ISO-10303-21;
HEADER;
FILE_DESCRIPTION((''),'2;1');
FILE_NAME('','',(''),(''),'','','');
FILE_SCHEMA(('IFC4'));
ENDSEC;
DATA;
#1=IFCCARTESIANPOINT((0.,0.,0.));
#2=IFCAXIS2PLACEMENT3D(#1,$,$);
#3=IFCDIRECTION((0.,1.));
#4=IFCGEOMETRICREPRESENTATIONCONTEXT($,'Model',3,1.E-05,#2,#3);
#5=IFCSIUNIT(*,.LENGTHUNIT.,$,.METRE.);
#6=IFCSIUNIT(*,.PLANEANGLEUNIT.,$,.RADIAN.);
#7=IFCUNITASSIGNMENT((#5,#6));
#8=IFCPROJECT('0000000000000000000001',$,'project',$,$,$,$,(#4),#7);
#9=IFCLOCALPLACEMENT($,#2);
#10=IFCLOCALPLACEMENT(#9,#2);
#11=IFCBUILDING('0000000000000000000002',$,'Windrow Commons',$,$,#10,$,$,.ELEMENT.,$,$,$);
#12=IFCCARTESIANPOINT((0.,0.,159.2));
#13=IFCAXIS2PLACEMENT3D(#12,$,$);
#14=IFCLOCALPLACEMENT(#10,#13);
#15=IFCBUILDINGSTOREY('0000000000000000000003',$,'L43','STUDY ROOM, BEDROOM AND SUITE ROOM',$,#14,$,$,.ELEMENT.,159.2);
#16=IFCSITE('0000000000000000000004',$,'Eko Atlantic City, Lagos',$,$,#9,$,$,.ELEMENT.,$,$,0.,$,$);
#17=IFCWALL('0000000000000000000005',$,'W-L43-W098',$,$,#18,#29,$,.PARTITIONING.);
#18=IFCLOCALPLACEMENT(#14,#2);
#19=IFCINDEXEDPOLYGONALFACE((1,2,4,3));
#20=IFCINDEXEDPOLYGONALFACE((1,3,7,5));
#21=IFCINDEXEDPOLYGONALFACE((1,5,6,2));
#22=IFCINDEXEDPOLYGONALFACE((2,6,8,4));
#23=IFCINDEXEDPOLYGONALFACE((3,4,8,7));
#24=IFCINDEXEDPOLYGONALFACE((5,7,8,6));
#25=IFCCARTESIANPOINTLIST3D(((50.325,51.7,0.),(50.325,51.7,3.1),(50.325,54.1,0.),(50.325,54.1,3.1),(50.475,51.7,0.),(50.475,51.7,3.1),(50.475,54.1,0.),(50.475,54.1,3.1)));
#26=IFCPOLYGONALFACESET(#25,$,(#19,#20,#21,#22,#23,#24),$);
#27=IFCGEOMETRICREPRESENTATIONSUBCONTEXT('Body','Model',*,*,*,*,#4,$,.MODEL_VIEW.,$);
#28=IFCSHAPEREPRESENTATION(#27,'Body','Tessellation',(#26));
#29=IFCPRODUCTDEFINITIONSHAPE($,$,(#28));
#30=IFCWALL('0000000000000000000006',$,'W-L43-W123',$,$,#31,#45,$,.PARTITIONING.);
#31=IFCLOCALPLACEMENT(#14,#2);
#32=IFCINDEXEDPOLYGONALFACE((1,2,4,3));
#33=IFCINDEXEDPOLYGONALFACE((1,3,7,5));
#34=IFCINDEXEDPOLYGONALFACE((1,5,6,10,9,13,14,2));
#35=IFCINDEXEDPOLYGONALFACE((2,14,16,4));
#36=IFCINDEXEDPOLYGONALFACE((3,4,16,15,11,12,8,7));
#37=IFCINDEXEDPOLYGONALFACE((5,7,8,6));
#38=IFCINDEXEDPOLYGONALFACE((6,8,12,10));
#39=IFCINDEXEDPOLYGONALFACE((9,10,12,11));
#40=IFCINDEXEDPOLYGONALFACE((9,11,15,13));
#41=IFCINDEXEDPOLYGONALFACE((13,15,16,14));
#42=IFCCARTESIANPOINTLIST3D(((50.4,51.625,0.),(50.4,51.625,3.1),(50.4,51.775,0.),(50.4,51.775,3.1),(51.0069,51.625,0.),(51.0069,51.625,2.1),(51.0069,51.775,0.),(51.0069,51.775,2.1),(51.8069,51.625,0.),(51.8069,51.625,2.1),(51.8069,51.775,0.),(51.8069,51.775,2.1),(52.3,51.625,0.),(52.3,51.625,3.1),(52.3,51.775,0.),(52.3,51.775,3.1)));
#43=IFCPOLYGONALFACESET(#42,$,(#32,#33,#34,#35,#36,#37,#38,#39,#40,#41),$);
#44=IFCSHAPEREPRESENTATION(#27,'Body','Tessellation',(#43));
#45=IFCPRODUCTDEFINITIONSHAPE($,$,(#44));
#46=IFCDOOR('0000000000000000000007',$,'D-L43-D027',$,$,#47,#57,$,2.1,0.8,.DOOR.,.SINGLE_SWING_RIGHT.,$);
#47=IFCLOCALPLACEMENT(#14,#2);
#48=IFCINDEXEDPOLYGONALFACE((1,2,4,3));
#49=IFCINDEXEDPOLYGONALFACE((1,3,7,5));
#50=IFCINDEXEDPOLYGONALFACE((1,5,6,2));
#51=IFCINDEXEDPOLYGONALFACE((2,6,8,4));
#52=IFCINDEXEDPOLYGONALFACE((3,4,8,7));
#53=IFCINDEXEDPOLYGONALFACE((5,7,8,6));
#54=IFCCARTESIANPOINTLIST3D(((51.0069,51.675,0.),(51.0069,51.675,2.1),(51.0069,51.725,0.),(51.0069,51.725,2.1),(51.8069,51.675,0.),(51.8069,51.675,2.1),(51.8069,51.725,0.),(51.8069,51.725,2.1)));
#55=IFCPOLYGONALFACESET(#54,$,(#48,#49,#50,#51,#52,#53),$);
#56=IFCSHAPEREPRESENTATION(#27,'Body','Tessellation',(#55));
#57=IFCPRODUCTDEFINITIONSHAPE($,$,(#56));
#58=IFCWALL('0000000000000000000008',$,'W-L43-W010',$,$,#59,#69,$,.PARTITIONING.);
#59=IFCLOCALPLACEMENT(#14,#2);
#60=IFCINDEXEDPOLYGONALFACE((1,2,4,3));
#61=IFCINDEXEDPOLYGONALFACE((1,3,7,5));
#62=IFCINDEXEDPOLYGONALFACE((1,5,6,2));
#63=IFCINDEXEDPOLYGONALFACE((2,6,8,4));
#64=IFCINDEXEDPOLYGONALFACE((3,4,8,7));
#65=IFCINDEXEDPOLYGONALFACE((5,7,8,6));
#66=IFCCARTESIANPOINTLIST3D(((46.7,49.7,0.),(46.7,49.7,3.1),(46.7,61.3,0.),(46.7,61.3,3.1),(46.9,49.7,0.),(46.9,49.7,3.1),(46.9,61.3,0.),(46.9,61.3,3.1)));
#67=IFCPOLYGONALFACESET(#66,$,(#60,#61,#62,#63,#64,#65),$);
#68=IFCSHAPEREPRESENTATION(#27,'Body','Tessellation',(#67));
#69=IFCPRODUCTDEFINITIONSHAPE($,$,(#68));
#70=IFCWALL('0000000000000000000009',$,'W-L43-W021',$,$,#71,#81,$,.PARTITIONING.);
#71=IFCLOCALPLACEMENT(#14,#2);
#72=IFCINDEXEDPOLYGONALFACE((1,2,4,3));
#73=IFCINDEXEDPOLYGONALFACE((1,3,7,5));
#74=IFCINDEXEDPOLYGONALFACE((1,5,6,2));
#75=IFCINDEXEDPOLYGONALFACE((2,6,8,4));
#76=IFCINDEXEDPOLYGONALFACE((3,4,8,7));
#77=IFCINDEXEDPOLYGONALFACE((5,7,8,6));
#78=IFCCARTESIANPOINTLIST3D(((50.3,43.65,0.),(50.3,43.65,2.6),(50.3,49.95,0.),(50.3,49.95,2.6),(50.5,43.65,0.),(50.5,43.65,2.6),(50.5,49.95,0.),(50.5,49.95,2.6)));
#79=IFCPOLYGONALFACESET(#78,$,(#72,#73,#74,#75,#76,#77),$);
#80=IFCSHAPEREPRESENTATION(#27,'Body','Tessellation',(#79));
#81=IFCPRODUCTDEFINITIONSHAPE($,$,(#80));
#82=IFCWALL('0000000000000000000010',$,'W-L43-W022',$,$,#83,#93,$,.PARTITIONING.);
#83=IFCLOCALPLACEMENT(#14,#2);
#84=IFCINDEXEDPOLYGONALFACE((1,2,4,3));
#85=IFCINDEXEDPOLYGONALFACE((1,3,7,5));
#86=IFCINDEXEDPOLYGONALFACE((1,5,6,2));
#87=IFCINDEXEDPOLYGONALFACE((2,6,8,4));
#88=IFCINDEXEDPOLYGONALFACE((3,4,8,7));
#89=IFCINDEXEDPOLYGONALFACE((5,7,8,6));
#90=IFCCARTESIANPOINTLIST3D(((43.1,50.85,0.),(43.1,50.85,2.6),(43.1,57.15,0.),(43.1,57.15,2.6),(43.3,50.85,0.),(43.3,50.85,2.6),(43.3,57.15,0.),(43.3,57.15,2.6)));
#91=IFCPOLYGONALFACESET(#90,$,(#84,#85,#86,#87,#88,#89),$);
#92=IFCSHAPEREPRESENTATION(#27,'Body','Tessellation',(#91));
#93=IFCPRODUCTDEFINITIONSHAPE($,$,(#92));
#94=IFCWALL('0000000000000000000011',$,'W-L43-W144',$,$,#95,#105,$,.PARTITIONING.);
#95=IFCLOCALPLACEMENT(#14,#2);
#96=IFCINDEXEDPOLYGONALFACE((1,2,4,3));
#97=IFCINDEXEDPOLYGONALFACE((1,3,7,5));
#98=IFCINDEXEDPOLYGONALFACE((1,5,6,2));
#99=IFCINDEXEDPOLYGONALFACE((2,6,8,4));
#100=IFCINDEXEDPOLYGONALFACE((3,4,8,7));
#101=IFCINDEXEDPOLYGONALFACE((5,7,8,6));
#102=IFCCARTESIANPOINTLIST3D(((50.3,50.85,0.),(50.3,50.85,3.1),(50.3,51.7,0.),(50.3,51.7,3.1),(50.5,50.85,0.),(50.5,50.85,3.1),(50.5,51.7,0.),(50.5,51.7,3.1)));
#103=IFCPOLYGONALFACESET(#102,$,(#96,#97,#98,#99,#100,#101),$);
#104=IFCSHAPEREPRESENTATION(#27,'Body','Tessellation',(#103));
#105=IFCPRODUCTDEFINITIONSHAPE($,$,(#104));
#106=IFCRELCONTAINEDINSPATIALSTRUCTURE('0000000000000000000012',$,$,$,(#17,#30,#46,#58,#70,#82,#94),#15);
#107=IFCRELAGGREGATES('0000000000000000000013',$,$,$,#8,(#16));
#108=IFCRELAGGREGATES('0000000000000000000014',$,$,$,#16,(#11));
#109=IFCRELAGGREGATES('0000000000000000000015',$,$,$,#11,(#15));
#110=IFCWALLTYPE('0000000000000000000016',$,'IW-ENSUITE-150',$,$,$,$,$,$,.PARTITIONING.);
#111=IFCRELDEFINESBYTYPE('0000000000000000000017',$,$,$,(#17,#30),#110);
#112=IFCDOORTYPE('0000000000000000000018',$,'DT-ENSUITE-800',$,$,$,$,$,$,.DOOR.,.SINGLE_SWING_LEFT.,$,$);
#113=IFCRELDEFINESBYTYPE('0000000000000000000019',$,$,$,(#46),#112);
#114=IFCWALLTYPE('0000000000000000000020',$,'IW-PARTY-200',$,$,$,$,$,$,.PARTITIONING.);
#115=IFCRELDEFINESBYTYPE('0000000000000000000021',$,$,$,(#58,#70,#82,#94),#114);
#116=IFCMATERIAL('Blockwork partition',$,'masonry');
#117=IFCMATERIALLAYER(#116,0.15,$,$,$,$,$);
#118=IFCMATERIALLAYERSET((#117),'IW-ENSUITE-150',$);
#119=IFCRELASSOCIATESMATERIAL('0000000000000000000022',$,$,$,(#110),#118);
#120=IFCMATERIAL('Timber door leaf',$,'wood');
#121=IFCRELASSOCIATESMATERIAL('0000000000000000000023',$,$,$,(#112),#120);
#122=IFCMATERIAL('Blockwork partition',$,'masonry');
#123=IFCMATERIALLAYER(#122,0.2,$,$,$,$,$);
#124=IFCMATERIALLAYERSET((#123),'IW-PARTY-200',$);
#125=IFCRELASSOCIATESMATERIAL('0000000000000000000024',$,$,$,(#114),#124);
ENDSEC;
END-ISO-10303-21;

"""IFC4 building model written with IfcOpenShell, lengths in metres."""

from ifc_helpers import new_model, si_unit, direction, frame, frame_2d, origin, place, context, subcontext, project, spatial, rectangle, extrude, material, layer, layer_set, type_object, element, fill, save


model = new_model("IFC4")

# Units and contexts
model_context = context("Model", 3, precision=1e-05, world=origin(), true_north=direction((0.0, 1.0)))
body_context = subcontext(model_context, "Body", "Model", "MODEL_VIEW")
ifc_project = project(units=[si_unit("LENGTHUNIT", "METRE"), si_unit("PLANEANGLEUNIT", "RADIAN")], contexts=[model_context])

# Site, building, storey
site_placement = place(None, origin())
site = spatial("IfcSite", under=ifc_project, at=site_placement, Name="Eko Atlantic City, Lagos", CompositionType="ELEMENT", RefElevation=0.0)
building_placement = place(site_placement, origin())
building = spatial("IfcBuilding", under=site, at=building_placement, Name="Windrow Commons", CompositionType="ELEMENT")
storey_placement = place(building_placement, frame((0.0, 0.0, 159.2)))
storey = spatial("IfcBuildingStorey", under=building, at=storey_placement, Name="L43", Description="STUDY ROOM, BEDROOM AND SUITE ROOM", CompositionType="ELEMENT", Elevation=159.2)

# Wall
ifc_material_1 = material(Name="Blockwork partition", Category="masonry")
ifc_layer_1 = layer(ifc_material_1, 0.15)
ifc_layer_set_1 = layer_set([ifc_layer_1], Name="IW-ENSUITE-150")
wall_type_1 = type_object("IfcWallType", Name="IW-ENSUITE-150", PredefinedType="PARTITIONING", material=ifc_layer_set_1)
wall_1_placement = place(storey_placement, frame((50.4, 51.7, 0.0), z_axis=(0.0, 0.0, 1.0), x_axis=(0.0, 1.0, 0.0)))
element("IfcWall", 1, at=wall_1_placement, inside=storey, type_object=wall_type_1, Name="W-L43-W098", PredefinedType="PARTITIONING", context=body_context, shape_type="SweptSolid", body=[
    extrude(rectangle(XDim=2.4, YDim=0.15, at=frame_2d((1.2, 0.0))), origin(), (0.0, 0.0, 1.0), 3.1),
])

# Wall, opening, door
wall_2_placement = place(storey_placement, frame((50.4, 51.7, 0.0), z_axis=(0.0, 0.0, 1.0), x_axis=(1.0, 0.0, 0.0)))
wall_2 = element("IfcWall", 2, at=wall_2_placement, inside=storey, type_object=wall_type_1, Name="W-L43-W123", PredefinedType="PARTITIONING", context=body_context, shape_type="SweptSolid", body=[
    extrude(rectangle(XDim=1.9, YDim=0.15, at=frame_2d((0.95, 0.0))), origin(), (0.0, 0.0, 1.0), 3.1),
])
opening_1_placement = place(wall_2_placement, frame((0.6069, 0.0, 0.0)))
opening_1 = element("IfcOpeningElement", 3, at=opening_1_placement, cuts=wall_2, PredefinedType="OPENING", context=body_context, shape_type="SweptSolid", body=[
    extrude(rectangle(XDim=0.8, YDim=2.1, at=frame_2d((0.4, 1.05))), frame((0.0, 0.085, 0.0), z_axis=(0.0, -1.0, 0.0), x_axis=(1.0, 0.0, 0.0)), (0.0, 0.0, 1.0), 0.17),
])
ifc_material_2 = material(Name="Timber door leaf", Category="wood")
door_type = type_object("IfcDoorType", Name="DT-ENSUITE-800", OperationType="SINGLE_SWING_LEFT", PredefinedType="DOOR", material=ifc_material_2)
door_placement = place(opening_1_placement, origin())
door = element("IfcDoor", 4, at=door_placement, inside=storey, type_object=door_type, Name="D-L43-D027", OperationType="SINGLE_SWING_RIGHT", OverallHeight=2.1, OverallWidth=0.8, PredefinedType="DOOR", context=body_context, shape_type="SweptSolid", body=[
    extrude(rectangle(XDim=0.8, YDim=2.1, at=frame_2d((0.4, 1.05))), frame((0.0, 0.025, 0.0), z_axis=(0.0, -1.0, 0.0), x_axis=(1.0, 0.0, 0.0)), (0.0, 0.0, 1.0), 0.05),
])
fill(opening_1, door)

# Walls
ifc_material_3 = material(Name="Blockwork partition", Category="masonry")
ifc_layer_2 = layer(ifc_material_3, 0.2)
ifc_layer_set_2 = layer_set([ifc_layer_2], Name="IW-PARTY-200")
wall_type_2 = type_object("IfcWallType", Name="IW-PARTY-200", PredefinedType="PARTITIONING", material=ifc_layer_set_2)
wall_3_placement = place(storey_placement, frame((46.8, 49.7, 0.0), z_axis=(0.0, 0.0, 1.0), x_axis=(0.0, 1.0, 0.0)))
element("IfcWall", 5, at=wall_3_placement, inside=storey, type_object=wall_type_2, Name="W-L43-W010", PredefinedType="PARTITIONING", context=body_context, shape_type="SweptSolid", body=[
    extrude(rectangle(XDim=11.6, YDim=0.2, at=frame_2d((5.8, 0.0))), origin(), (0.0, 0.0, 1.0), 3.1),
])
for number, where, z_axis, x_axis, name in (
    (6, (50.4, 43.65, 0.0), (0.0, 0.0, 1.0), (0.0, 1.0, 0.0), "W-L43-W021"),
    (7, (43.2, 50.85, 0.0), (0.0, 0.0, 1.0), (0.0, 1.0, 0.0), "W-L43-W022"),
):
    element("IfcWall", number, at=place(storey_placement, frame(where, z_axis=z_axis, x_axis=x_axis)), inside=storey, type_object=wall_type_2, Name=name, PredefinedType="PARTITIONING", context=body_context, shape_type="SweptSolid", body=[
        extrude(rectangle(XDim=6.3, YDim=0.2, at=frame_2d((3.15, 0.0))), origin(), (0.0, 0.0, 1.0), 2.6),
    ])
wall_4_placement = place(storey_placement, frame((50.4, 50.85, 0.0), z_axis=(0.0, 0.0, 1.0), x_axis=(0.0, 1.0, 0.0)))
element("IfcWall", 8, at=wall_4_placement, inside=storey, type_object=wall_type_2, Name="W-L43-W144", PredefinedType="PARTITIONING", context=body_context, shape_type="SweptSolid", body=[
    extrude(rectangle(XDim=0.85, YDim=0.2, at=frame_2d((0.425, 0.0))), origin(), (0.0, 0.0, 1.0), 3.1),
])

save(model, "model.ifc")
